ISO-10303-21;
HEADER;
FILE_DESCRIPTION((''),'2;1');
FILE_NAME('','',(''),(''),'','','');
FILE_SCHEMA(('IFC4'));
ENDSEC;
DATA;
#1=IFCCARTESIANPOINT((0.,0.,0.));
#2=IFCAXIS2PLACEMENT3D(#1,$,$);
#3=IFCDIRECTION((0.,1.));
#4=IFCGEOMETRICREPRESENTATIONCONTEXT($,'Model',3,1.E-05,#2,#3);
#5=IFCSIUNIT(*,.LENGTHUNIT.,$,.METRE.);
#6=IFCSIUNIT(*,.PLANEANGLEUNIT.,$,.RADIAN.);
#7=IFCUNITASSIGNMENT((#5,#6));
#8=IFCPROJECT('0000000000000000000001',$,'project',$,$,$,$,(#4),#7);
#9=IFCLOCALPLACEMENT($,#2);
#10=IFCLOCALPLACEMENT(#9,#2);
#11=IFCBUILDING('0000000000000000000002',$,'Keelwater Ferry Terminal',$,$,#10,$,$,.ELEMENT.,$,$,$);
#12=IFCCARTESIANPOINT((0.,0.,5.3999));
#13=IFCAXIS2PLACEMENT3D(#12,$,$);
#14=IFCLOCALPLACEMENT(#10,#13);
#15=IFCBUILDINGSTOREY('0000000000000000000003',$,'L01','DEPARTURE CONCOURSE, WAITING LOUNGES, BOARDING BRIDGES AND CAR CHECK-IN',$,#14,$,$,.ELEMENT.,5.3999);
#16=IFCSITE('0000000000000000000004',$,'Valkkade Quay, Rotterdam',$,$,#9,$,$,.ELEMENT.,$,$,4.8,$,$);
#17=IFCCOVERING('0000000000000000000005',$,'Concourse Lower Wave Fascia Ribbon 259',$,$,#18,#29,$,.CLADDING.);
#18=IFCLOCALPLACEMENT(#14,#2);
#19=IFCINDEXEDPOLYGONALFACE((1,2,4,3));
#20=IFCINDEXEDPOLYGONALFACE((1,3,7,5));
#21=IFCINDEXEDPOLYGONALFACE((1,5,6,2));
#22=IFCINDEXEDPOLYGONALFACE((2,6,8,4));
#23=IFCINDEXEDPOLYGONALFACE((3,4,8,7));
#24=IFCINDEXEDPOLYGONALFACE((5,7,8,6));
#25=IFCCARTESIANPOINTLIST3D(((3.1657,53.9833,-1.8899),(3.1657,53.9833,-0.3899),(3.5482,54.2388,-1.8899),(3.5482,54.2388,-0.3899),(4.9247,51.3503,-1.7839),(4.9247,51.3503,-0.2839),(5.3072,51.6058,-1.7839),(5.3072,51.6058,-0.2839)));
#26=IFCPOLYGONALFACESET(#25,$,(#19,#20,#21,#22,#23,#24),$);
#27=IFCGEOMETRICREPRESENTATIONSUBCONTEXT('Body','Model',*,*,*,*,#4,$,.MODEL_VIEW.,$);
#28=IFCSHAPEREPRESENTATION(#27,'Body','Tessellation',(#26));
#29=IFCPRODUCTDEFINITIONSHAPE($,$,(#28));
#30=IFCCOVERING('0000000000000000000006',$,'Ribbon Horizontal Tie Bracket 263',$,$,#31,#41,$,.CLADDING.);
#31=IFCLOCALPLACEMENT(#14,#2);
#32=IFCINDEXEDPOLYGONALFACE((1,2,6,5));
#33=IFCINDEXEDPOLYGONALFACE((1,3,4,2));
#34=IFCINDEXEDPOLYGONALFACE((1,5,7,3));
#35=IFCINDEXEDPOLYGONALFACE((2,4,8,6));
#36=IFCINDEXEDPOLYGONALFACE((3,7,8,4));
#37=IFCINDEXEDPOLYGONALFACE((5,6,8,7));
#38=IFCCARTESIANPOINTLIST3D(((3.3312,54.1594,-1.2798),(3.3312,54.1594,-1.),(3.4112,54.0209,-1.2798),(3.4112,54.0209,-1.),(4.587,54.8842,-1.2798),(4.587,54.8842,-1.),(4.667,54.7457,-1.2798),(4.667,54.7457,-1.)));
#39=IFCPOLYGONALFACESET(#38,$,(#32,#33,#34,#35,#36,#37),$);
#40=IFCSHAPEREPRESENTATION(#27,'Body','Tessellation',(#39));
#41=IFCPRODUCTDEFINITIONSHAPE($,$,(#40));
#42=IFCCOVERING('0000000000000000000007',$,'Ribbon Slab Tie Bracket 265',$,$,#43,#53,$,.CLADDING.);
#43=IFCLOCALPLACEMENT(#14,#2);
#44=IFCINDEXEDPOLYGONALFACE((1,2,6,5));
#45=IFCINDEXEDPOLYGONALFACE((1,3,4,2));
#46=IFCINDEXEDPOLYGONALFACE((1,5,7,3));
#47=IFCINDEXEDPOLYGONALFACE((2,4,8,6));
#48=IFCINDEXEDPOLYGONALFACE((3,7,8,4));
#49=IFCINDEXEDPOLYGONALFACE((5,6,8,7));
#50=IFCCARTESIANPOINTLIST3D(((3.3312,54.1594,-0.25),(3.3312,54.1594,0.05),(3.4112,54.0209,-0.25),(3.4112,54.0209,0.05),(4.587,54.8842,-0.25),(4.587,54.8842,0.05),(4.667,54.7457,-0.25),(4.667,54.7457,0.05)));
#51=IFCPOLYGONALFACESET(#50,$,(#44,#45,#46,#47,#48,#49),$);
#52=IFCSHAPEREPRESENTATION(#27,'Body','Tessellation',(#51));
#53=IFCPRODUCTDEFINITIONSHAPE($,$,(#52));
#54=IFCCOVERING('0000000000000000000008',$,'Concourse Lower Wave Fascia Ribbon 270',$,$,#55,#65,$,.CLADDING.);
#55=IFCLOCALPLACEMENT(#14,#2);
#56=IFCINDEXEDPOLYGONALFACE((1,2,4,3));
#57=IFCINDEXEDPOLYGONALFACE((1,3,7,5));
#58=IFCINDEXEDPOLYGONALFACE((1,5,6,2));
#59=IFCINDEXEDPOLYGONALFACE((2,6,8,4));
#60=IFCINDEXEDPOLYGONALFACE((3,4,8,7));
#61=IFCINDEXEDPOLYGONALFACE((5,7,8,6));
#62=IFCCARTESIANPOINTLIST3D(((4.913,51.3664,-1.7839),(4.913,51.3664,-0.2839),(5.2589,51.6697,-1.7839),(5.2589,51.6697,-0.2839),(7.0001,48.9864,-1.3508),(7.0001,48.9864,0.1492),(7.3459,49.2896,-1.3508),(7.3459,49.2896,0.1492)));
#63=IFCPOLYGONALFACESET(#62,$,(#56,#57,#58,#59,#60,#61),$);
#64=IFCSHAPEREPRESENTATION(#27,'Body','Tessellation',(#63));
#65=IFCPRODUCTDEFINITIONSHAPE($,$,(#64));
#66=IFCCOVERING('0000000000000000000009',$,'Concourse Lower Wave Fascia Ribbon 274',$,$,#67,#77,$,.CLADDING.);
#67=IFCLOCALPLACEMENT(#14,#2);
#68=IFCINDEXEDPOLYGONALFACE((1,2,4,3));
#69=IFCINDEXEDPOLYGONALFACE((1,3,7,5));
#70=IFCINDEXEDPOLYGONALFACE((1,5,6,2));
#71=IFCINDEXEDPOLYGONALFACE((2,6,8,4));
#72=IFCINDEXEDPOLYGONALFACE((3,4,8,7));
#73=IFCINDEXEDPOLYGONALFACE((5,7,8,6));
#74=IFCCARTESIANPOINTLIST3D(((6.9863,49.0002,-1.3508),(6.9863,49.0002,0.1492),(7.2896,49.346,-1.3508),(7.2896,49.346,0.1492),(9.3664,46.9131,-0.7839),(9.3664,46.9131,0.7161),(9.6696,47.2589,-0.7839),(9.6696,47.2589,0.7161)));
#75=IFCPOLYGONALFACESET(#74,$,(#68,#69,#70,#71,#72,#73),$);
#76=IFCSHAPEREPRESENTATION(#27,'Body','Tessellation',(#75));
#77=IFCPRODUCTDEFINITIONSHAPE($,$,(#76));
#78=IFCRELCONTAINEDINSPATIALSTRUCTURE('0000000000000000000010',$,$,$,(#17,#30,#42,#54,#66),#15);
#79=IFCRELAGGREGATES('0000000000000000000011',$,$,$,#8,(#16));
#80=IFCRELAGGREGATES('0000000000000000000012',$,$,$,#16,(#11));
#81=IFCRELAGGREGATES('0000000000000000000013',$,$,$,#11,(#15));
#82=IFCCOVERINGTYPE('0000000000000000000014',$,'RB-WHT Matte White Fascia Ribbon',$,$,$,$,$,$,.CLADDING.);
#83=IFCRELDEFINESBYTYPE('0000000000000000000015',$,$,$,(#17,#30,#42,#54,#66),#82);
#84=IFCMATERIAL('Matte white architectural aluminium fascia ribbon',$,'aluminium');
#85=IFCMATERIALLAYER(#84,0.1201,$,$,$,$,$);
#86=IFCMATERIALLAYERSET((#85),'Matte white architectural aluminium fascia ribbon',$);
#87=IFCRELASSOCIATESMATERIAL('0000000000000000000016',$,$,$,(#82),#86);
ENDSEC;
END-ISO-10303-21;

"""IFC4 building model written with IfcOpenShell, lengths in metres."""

from ifc_helpers import new_model, si_unit, direction, frame, frame_2d, origin, place, context, subcontext, project, spatial, polyline, rectangle, outline, extrude, material, layer, layer_set, type_object, element, save


model = new_model("IFC4")

# Units and contexts
model_context = context("Model", 3, precision=1e-05, world=origin(), true_north=direction((0.0, 1.0)))
body_context = subcontext(model_context, "Body", "Model", "MODEL_VIEW")
ifc_project = project(units=[si_unit("LENGTHUNIT", "METRE"), si_unit("PLANEANGLEUNIT", "RADIAN")], contexts=[model_context])

# Site, building, storey
site_placement = place(None, origin())
site = spatial("IfcSite", under=ifc_project, at=site_placement, Name="Valkkade Quay, Rotterdam", CompositionType="ELEMENT", RefElevation=4.8)
building_placement = place(site_placement, origin())
building = spatial("IfcBuilding", under=site, at=building_placement, Name="Keelwater Ferry Terminal", CompositionType="ELEMENT")
storey_placement = place(building_placement, frame((0.0, 0.0, 5.3999)))
storey = spatial("IfcBuildingStorey", under=building, at=storey_placement, Name="L01", Description="DEPARTURE CONCOURSE, WAITING LOUNGES, BOARDING BRIDGES AND CAR CHECK-IN", CompositionType="ELEMENT", Elevation=5.3999)

# Coverings
ifc_material_1 = material(Name="Matte white architectural aluminium fascia ribbon", Category="aluminium")
ifc_layer_1 = layer(ifc_material_1, 0.1201)
ifc_layer_set_1 = layer_set([ifc_layer_1], Name="Matte white architectural aluminium fascia ribbon")
covering_type = type_object("IfcCoveringType", Name="RB-WHT Matte White Fascia Ribbon", PredefinedType="CLADDING", material=ifc_layer_set_1)
covering_1_placement = place(storey_placement, frame((3.3569, 54.1111, -1.8899), z_axis=(0.0, 0.0, 1.0), x_axis=(0.555501, -0.831516, 0.0)))
element("IfcCovering", 1, at=covering_1_placement, inside=storey, type_object=covering_type, Name="Concourse Lower Wave Fascia Ribbon 259", PredefinedType="CLADDING", context=body_context, shape_type="SweptSolid", body=[
    extrude(outline(polyline([(0.0, 0.0), (3.1665, 0.106), (3.1665, 1.606), (0.0, 1.5), (0.0, 0.0)])), frame((0.0, 0.23, 0.0), z_axis=(0.0, -1.0, 0.0), x_axis=(1.0, 0.0, 0.0)), (0.0, 0.0, 1.0), 0.46),
])
covering_2_placement = place(storey_placement, frame((3.3711, 54.0901, -1.2798), z_axis=(0.0, 0.0, 1.0), x_axis=(0.86609, 0.499888, 0.0)))
element("IfcCovering", 2, at=covering_2_placement, inside=storey, type_object=covering_type, Name="Ribbon Horizontal Tie Bracket 263", PredefinedType="CLADDING", context=body_context, shape_type="SweptSolid", body=[
    extrude(rectangle(XDim=1.45, YDim=0.1599, at=frame_2d((0.7251, 0.0))), origin(), (0.0, 0.0, 1.0), 0.2798),
])
covering_3_placement = place(storey_placement, frame((3.3711, 54.0901, -0.25), z_axis=(0.0, 0.0, 1.0), x_axis=(0.86609, 0.499888, 0.0)))
element("IfcCovering", 3, at=covering_3_placement, inside=storey, type_object=covering_type, Name="Ribbon Slab Tie Bracket 265", PredefinedType="CLADDING", context=body_context, shape_type="SweptSolid", body=[
    extrude(rectangle(XDim=1.45, YDim=0.1599, at=frame_2d((0.7251, 0.0))), origin(), (0.0, 0.0, 1.0), 0.3),
])
covering_4_placement = place(storey_placement, frame((5.0859, 51.5181, -1.7839), z_axis=(0.0, 0.0, 1.0), x_axis=(0.659318, -0.751864, 0.0)))
element("IfcCovering", 4, at=covering_4_placement, inside=storey, type_object=covering_type, Name="Concourse Lower Wave Fascia Ribbon 270", PredefinedType="CLADDING", context=body_context, shape_type="SweptSolid", body=[
    extrude(outline(polyline([(0.0, 0.0), (3.1655, 0.4331), (3.1655, 1.9331), (0.0, 1.5), (0.0, 0.0)])), frame((0.0, 0.23, 0.0), z_axis=(0.0, -1.0, 0.0), x_axis=(1.0, 0.0, 0.0)), (0.0, 0.0, 1.0), 0.46),
])
covering_5_placement = place(storey_placement, frame((7.1379, 49.1731, -1.3508), z_axis=(0.0, 0.0, 1.0), x_axis=(0.751864, -0.659318, 0.0)))
element("IfcCovering", 5, at=covering_5_placement, inside=storey, type_object=covering_type, Name="Concourse Lower Wave Fascia Ribbon 274", PredefinedType="CLADDING", context=body_context, shape_type="SweptSolid", body=[
    extrude(outline(polyline([(0.0, 0.0), (3.1655, 0.5669), (3.1655, 2.0669), (0.0, 1.5), (0.0, 0.0)])), frame((0.0, 0.23, 0.0), z_axis=(0.0, -1.0, 0.0), x_axis=(1.0, 0.0, 0.0)), (0.0, 0.0, 1.0), 0.46),
])

save(model, "model.ifc")
